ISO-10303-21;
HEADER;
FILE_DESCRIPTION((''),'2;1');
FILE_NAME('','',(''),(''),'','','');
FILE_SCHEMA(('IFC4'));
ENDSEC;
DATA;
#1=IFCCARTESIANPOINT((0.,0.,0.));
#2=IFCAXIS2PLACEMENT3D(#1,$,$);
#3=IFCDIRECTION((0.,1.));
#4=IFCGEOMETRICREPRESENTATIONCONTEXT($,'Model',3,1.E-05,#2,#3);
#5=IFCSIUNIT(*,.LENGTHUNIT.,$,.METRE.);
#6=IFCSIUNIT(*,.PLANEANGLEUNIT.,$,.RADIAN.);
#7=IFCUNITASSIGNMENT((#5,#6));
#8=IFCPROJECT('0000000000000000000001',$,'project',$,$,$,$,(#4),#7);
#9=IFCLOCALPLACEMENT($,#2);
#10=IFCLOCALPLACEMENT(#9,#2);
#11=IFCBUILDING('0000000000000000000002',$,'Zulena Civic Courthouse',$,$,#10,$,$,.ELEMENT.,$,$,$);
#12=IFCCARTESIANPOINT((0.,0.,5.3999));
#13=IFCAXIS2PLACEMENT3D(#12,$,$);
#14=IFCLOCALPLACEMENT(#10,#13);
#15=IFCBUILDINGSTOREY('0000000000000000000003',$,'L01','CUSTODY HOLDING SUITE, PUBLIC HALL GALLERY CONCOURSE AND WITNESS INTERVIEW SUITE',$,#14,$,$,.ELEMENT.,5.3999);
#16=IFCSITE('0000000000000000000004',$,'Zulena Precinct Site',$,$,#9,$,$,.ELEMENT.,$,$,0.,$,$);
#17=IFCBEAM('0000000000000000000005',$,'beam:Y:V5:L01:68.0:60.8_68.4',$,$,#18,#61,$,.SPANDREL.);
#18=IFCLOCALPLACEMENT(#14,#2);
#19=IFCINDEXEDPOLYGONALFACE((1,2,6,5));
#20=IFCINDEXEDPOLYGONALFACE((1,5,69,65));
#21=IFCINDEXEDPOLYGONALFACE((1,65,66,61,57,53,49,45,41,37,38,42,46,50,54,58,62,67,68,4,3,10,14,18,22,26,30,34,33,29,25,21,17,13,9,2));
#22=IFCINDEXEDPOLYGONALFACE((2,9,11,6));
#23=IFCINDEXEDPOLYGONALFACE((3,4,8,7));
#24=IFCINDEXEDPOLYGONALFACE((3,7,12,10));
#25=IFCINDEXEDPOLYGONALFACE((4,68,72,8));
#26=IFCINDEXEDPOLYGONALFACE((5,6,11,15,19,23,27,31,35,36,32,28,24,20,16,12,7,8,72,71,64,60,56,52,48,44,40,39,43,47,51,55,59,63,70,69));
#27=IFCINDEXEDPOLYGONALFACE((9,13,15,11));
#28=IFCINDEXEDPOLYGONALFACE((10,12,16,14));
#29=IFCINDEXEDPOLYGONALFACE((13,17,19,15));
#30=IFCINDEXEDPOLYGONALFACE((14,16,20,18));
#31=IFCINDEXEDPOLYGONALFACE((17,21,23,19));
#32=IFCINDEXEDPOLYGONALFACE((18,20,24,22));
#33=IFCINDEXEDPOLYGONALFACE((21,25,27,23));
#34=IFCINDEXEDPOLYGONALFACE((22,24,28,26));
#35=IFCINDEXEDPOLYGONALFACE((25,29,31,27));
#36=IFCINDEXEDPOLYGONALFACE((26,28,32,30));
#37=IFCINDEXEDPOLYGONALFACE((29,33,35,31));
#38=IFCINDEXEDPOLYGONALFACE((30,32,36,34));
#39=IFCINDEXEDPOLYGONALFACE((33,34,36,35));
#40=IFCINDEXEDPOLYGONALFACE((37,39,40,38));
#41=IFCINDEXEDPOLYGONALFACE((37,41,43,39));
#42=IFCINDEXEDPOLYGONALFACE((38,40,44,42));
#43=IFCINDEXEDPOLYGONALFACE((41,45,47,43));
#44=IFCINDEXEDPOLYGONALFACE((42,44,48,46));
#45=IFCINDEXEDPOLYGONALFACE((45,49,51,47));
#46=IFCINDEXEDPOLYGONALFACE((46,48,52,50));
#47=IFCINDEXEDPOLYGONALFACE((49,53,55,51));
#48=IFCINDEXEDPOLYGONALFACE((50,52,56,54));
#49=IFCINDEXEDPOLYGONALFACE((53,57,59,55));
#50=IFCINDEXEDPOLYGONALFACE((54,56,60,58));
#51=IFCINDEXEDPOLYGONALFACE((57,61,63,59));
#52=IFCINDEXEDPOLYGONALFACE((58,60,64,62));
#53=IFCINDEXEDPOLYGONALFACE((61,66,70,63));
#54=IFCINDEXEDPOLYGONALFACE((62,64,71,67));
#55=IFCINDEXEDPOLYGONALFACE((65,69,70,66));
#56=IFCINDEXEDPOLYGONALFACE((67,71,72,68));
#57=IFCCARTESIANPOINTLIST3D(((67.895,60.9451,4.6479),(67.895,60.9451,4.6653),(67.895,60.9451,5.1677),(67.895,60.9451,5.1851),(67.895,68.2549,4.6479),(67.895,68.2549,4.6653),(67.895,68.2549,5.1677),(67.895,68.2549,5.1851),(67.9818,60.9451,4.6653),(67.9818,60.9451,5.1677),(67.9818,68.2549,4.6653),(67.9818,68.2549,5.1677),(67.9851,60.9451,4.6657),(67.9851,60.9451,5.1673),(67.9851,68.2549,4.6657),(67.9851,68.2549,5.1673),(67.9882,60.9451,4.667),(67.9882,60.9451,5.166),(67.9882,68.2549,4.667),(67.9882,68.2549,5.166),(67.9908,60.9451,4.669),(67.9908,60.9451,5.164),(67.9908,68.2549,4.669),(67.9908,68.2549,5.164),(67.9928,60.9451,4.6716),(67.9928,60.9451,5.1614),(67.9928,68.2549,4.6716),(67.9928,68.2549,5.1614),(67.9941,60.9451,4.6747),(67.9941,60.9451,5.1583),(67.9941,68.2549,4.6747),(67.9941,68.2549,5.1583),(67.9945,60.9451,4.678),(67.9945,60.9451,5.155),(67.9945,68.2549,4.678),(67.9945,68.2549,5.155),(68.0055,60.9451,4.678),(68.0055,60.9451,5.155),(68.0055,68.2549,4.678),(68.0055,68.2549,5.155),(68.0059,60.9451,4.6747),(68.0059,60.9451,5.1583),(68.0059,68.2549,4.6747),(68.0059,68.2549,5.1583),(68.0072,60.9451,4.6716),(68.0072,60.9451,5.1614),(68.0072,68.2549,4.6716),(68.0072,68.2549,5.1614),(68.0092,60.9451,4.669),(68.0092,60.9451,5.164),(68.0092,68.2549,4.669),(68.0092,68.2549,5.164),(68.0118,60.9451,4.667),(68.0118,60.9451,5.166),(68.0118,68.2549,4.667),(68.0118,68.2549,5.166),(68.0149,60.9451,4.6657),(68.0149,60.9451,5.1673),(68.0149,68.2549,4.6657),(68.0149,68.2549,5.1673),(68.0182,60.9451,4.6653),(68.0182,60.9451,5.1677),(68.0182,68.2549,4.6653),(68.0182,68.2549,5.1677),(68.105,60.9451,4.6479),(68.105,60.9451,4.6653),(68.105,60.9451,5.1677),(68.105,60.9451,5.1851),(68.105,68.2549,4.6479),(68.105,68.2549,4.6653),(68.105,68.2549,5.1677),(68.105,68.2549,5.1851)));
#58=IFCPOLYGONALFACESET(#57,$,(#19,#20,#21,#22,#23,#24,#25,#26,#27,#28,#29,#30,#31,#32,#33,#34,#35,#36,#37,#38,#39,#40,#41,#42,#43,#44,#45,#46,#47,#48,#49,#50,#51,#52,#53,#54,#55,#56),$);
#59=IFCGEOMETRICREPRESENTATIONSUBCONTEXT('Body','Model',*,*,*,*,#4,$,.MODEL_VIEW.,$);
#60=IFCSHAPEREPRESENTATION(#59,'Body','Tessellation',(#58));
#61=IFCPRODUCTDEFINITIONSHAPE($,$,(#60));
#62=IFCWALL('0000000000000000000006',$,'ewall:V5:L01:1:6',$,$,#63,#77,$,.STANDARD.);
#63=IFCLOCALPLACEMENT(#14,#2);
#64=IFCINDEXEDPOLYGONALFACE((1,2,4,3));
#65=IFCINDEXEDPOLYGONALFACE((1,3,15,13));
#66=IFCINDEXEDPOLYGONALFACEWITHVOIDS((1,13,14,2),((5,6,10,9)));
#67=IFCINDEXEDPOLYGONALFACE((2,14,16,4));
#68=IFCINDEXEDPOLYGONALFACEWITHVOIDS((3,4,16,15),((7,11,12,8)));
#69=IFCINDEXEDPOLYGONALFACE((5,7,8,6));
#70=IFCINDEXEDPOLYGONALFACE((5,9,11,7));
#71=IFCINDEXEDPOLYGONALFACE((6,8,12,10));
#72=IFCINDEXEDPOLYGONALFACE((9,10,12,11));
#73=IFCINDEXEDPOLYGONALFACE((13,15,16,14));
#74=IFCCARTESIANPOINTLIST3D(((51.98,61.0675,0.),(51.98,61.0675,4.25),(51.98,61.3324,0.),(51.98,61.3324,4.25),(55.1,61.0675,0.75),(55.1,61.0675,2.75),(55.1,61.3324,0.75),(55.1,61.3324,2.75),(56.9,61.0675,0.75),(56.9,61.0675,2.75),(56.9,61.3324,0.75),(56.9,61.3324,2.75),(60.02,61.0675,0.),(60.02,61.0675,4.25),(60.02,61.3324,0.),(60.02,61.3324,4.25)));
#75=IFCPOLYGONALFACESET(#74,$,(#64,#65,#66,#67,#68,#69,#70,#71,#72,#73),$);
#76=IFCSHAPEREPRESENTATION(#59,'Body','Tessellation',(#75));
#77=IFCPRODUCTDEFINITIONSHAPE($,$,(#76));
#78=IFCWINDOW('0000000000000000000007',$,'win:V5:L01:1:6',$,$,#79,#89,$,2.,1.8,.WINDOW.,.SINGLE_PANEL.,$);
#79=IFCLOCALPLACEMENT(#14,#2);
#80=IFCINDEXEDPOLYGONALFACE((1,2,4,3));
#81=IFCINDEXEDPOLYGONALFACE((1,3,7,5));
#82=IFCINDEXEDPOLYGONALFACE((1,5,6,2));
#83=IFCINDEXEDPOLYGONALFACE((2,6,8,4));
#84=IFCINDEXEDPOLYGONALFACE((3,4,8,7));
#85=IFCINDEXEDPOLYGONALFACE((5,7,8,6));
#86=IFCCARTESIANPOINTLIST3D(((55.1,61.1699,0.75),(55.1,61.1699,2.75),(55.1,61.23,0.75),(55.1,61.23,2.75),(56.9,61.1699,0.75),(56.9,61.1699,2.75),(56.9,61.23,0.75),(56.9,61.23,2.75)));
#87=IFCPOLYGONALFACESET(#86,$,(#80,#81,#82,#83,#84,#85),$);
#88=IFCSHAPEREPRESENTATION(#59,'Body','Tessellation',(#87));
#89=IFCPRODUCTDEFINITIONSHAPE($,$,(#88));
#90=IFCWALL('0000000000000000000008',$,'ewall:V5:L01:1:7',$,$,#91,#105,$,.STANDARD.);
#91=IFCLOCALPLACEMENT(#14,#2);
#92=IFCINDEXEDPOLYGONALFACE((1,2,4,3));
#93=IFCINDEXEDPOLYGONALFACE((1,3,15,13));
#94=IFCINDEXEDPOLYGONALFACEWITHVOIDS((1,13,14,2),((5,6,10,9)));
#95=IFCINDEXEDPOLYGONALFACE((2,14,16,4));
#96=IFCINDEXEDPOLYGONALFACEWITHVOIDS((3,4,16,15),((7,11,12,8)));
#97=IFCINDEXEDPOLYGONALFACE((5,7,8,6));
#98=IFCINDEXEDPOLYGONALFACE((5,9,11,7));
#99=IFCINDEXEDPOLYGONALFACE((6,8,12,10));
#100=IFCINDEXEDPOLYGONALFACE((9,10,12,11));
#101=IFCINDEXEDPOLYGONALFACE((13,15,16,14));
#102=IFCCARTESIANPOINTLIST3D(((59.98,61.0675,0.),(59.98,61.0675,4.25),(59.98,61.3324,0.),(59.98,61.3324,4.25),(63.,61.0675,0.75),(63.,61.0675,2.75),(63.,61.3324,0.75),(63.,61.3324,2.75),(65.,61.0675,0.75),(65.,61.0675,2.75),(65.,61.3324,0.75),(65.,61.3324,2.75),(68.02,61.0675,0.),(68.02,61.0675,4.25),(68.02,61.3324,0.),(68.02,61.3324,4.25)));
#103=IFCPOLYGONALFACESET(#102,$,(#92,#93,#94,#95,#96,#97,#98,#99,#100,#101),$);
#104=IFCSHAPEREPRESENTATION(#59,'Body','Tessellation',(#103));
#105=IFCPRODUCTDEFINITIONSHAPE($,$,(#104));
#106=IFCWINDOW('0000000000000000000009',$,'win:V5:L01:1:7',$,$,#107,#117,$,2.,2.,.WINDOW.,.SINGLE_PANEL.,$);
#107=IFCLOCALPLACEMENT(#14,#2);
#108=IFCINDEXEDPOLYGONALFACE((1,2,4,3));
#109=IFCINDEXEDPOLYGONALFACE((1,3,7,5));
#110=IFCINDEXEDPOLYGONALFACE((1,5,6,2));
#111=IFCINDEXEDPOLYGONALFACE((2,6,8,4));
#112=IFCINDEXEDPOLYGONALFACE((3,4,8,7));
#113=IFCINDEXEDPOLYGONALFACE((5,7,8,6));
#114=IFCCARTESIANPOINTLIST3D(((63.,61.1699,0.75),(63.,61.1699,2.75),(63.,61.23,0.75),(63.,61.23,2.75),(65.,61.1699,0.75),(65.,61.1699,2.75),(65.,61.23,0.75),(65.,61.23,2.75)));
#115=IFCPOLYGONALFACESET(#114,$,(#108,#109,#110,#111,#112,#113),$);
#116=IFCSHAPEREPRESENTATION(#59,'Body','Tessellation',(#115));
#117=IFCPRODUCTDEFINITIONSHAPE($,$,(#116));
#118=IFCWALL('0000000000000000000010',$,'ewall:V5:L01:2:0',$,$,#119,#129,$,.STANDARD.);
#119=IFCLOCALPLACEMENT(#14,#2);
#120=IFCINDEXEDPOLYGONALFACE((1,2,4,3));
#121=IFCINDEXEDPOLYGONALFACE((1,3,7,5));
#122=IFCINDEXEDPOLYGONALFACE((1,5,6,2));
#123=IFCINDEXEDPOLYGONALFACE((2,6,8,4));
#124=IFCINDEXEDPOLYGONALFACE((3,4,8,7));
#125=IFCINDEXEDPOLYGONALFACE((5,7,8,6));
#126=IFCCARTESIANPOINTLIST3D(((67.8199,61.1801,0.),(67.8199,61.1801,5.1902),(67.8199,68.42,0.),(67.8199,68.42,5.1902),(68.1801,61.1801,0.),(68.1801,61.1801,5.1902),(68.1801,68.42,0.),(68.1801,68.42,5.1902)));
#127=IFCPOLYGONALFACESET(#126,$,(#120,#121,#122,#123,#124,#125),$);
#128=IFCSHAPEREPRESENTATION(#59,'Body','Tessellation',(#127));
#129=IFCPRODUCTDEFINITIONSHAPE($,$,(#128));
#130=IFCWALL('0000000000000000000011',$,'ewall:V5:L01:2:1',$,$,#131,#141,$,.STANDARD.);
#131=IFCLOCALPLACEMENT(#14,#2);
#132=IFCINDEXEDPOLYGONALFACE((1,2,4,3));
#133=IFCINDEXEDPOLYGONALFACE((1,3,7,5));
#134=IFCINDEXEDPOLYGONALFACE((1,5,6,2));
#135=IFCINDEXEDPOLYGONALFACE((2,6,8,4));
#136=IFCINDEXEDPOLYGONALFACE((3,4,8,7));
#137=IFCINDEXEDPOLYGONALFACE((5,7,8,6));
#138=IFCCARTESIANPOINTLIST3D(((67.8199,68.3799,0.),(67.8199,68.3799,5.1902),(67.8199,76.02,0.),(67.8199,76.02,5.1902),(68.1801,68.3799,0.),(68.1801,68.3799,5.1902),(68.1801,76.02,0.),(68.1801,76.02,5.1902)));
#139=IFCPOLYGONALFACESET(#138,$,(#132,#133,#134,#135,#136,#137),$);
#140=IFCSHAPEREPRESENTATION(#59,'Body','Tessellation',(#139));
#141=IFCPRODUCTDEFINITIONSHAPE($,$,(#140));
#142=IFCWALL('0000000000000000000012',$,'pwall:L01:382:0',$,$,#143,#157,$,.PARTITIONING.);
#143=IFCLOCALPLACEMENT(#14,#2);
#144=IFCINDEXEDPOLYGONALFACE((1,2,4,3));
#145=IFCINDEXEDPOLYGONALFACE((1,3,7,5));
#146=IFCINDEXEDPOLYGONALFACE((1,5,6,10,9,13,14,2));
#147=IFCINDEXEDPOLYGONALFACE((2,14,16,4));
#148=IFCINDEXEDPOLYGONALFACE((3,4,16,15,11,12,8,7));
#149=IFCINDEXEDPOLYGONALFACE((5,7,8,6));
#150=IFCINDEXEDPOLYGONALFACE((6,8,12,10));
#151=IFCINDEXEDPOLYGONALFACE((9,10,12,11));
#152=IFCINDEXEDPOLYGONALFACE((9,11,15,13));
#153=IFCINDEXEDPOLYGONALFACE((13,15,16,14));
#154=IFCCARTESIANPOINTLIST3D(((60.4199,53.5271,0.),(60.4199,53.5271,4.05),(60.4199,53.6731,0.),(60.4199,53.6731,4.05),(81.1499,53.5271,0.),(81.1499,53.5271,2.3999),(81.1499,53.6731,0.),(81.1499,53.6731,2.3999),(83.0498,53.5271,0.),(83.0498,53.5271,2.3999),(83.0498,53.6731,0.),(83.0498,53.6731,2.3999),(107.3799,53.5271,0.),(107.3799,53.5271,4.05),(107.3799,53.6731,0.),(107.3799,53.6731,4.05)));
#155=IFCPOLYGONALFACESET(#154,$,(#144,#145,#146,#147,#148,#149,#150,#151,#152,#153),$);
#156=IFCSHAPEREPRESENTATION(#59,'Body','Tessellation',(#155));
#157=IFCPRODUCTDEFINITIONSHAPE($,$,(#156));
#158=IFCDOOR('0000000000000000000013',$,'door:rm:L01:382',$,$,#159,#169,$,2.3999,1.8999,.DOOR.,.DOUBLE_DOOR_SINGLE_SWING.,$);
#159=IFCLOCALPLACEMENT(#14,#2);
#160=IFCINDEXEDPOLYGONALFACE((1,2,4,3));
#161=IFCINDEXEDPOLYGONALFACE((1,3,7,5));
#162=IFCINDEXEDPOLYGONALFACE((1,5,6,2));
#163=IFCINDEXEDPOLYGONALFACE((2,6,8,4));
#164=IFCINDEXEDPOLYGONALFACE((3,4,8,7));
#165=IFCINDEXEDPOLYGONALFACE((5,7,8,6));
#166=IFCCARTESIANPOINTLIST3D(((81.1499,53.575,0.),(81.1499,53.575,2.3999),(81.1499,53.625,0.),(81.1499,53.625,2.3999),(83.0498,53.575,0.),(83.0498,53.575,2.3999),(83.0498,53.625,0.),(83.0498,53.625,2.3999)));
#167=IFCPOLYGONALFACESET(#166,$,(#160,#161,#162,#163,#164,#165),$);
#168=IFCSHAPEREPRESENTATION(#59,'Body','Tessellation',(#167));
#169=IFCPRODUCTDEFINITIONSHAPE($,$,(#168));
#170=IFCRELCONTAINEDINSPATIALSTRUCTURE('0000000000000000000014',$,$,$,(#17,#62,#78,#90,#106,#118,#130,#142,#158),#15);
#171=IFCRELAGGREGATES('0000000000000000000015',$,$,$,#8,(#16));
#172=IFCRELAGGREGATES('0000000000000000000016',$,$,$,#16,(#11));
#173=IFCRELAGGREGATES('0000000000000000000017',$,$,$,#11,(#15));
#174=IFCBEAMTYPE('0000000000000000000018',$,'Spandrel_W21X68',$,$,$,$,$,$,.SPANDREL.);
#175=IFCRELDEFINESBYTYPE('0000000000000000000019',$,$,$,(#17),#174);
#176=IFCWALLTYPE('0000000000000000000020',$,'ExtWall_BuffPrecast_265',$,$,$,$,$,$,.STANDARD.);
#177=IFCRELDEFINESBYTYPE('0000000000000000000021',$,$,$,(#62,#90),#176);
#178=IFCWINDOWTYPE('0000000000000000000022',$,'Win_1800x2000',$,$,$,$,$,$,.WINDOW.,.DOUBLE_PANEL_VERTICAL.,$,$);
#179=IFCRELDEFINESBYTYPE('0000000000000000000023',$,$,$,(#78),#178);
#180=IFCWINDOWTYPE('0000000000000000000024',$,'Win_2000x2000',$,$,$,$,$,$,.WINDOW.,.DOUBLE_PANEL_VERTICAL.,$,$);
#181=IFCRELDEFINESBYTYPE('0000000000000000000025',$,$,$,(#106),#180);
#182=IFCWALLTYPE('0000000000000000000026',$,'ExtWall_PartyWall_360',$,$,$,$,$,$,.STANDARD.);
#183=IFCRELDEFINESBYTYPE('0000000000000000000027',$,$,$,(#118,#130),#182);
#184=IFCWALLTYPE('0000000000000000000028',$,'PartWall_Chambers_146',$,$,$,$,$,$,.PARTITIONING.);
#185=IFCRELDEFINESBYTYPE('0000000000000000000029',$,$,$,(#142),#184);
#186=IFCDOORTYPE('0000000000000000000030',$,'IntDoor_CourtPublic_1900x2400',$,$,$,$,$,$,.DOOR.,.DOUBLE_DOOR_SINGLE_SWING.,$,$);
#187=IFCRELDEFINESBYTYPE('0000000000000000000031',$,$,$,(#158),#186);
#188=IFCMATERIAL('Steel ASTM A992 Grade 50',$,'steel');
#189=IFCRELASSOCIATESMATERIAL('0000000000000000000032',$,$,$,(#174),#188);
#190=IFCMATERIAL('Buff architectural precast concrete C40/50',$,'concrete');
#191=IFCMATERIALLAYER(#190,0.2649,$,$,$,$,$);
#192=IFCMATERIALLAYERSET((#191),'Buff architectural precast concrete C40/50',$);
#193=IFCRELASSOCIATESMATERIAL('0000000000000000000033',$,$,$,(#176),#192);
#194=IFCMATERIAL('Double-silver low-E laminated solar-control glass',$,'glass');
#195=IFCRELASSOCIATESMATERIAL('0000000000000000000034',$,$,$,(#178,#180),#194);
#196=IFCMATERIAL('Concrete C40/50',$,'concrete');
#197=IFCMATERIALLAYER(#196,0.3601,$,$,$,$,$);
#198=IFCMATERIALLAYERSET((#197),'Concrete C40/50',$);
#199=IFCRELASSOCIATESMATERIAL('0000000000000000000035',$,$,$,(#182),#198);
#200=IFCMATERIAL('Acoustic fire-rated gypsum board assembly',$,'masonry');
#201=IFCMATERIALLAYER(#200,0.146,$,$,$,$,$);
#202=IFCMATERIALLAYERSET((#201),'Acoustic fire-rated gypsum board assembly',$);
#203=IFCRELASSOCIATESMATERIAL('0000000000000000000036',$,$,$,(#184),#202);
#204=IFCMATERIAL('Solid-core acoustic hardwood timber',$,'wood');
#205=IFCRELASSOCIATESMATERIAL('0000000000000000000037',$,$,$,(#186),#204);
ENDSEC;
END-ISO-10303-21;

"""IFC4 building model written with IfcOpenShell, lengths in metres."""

from ifc_helpers import new_model, si_unit, direction, frame, frame_2d, origin, origin_2d, place, context, subcontext, project, spatial, rectangle, i_section, extrude, material, layer, layer_set, material_profile, profile_set, type_object, element, fill, save


model = new_model("IFC4")

# Units and contexts
model_context = context("Model", 3, precision=1e-05, world=origin(), true_north=direction((0.0, 1.0)))
body_context = subcontext(model_context, "Body", "Model", "MODEL_VIEW")
ifc_project = project(units=[si_unit("LENGTHUNIT", "METRE"), si_unit("PLANEANGLEUNIT", "RADIAN")], contexts=[model_context])

# Site, building, storey
site_placement = place(None, origin())
site = spatial("IfcSite", under=ifc_project, at=site_placement, Name="Zulena Precinct Site", CompositionType="ELEMENT", RefElevation=0.0)
building_placement = place(site_placement, origin())
building = spatial("IfcBuilding", under=site, at=building_placement, Name="Zulena Civic Courthouse", CompositionType="ELEMENT")
storey_placement = place(building_placement, frame((0.0, 0.0, 5.3999)))
storey = spatial("IfcBuildingStorey", under=building, at=storey_placement, Name="L01", Description="CUSTODY HOLDING SUITE, PUBLIC HALL GALLERY CONCOURSE AND WITNESS INTERVIEW SUITE", CompositionType="ELEMENT", Elevation=5.3999)

# Shared definitions
ifc_material_1 = material(Name="Steel ASTM A992 Grade 50", Category="steel")

# Beam
ifc_material_profile_1 = material_profile(ifc_material_1, i_section(OverallWidth=0.21, OverallDepth=0.5371, WebThickness=0.011, FlangeThickness=0.0173, FilletRadius=0.0127, at=origin_2d()), Name="W21X68")
ifc_profile_set_1 = profile_set([ifc_material_profile_1], Name="Steel ASTM A992 Grade 50")
beam_type_1 = type_object("IfcBeamType", Name="Spandrel_W21X68", PredefinedType="SPANDREL", material=ifc_profile_set_1)
beam_placement = place(storey_placement, frame((68.0, 60.9451, 4.9165), z_axis=(0.0, 1.0, 0.0), x_axis=(-1.0, 0.0, 0.0)))
element("IfcBeam", 1, at=beam_placement, inside=storey, type_object=beam_type_1, Name="beam:Y:V5:L01:68.0:60.8_68.4", PredefinedType="SPANDREL", context=body_context, shape_type="SweptSolid", body=[
    extrude(i_section(OverallWidth=0.21, OverallDepth=0.5371, WebThickness=0.011, FlangeThickness=0.0173, FilletRadius=0.0127, at=origin_2d()), origin(), (0.0, 0.0, 1.0), 7.3098),
])

# Walls, openings, windows
ifc_material_2 = material(Name="Buff architectural precast concrete C40/50", Category="concrete")
ifc_layer_1 = layer(ifc_material_2, 0.2649)
ifc_layer_set_1 = layer_set([ifc_layer_1], Name="Buff architectural precast concrete C40/50")
wall_type_1 = type_object("IfcWallType", Name="ExtWall_BuffPrecast_265", PredefinedType="STANDARD", material=ifc_layer_set_1)
wall_1_placement = place(storey_placement, frame((51.98, 61.2, 0.0), z_axis=(0.0, 0.0, 1.0), x_axis=(1.0, 0.0, 0.0)))
wall_1 = element("IfcWall", 2, at=wall_1_placement, inside=storey, type_object=wall_type_1, Name="ewall:V5:L01:1:6", PredefinedType="STANDARD", context=body_context, shape_type="SweptSolid", body=[
    extrude(rectangle(XDim=8.04, YDim=0.2649, at=frame_2d((4.02, 0.0))), origin(), (0.0, 0.0, 1.0), 4.25),
])
opening_1_placement = place(wall_1_placement, frame((3.1201, 0.0, 0.75)))
opening_1 = element("IfcOpeningElement", 3, at=opening_1_placement, cuts=wall_1, PredefinedType="OPENING", context=body_context, shape_type="SweptSolid", body=[
    extrude(rectangle(XDim=1.8, YDim=2.0, at=frame_2d((0.8999, 1.0))), frame((0.0, 0.1423, 0.0), z_axis=(0.0, -1.0, 0.0), x_axis=(1.0, 0.0, 0.0)), (0.0, 0.0, 1.0), 0.2849),
])
ifc_material_3 = material(Name="Double-silver low-E laminated solar-control glass", Category="glass")
window_type_1 = type_object("IfcWindowType", Name="Win_1800x2000", PartitioningType="DOUBLE_PANEL_VERTICAL", PredefinedType="WINDOW", material=ifc_material_3)
window_1_placement = place(opening_1_placement, origin())
window_1 = element("IfcWindow", 4, at=window_1_placement, inside=storey, type_object=window_type_1, Name="win:V5:L01:1:6", OverallHeight=2.0, OverallWidth=1.8, PartitioningType="SINGLE_PANEL", PredefinedType="WINDOW", context=body_context, shape_type="SweptSolid", body=[
    extrude(rectangle(XDim=1.8, YDim=2.0, at=frame_2d((0.8999, 1.0))), frame((0.0, 0.03, 0.0), z_axis=(0.0, -1.0, 0.0), x_axis=(1.0, 0.0, 0.0)), (0.0, 0.0, 1.0), 0.0601),
])
fill(opening_1, window_1)
wall_2_placement = place(storey_placement, frame((59.98, 61.2, 0.0), z_axis=(0.0, 0.0, 1.0), x_axis=(1.0, 0.0, 0.0)))
wall_2 = element("IfcWall", 5, at=wall_2_placement, inside=storey, type_object=wall_type_1, Name="ewall:V5:L01:1:7", PredefinedType="STANDARD", context=body_context, shape_type="SweptSolid", body=[
    extrude(rectangle(XDim=8.04, YDim=0.2649, at=frame_2d((4.02, 0.0))), origin(), (0.0, 0.0, 1.0), 4.25),
])
opening_2_placement = place(wall_2_placement, frame((3.02, 0.0, 0.75)))
opening_2 = element("IfcOpeningElement", 6, at=opening_2_placement, cuts=wall_2, PredefinedType="OPENING", context=body_context, shape_type="SweptSolid", body=[
    extrude(rectangle(XDim=2.0, YDim=2.0, at=frame_2d((1.0, 1.0))), frame((0.0, 0.1423, 0.0), z_axis=(0.0, -1.0, 0.0), x_axis=(1.0, 0.0, 0.0)), (0.0, 0.0, 1.0), 0.2849),
])
window_type_2 = type_object("IfcWindowType", Name="Win_2000x2000", PartitioningType="DOUBLE_PANEL_VERTICAL", PredefinedType="WINDOW", material=ifc_material_3)
window_2_placement = place(opening_2_placement, origin())
window_2 = element("IfcWindow", 7, at=window_2_placement, inside=storey, type_object=window_type_2, Name="win:V5:L01:1:7", OverallHeight=2.0, OverallWidth=2.0, PartitioningType="SINGLE_PANEL", PredefinedType="WINDOW", context=body_context, shape_type="SweptSolid", body=[
    extrude(rectangle(XDim=2.0, YDim=2.0, at=frame_2d((1.0, 1.0))), frame((0.0, 0.03, 0.0), z_axis=(0.0, -1.0, 0.0), x_axis=(1.0, 0.0, 0.0)), (0.0, 0.0, 1.0), 0.0601),
])
fill(opening_2, window_2)

# Walls
ifc_material_4 = material(Name="Concrete C40/50", Category="concrete")
ifc_layer_2 = layer(ifc_material_4, 0.3601)
ifc_layer_set_2 = layer_set([ifc_layer_2], Name="Concrete C40/50")
wall_type_2 = type_object("IfcWallType", Name="ExtWall_PartyWall_360", PredefinedType="STANDARD", material=ifc_layer_set_2)
wall_3_placement = place(storey_placement, frame((68.0, 61.1799, 0.0), z_axis=(0.0, 0.0, 1.0), x_axis=(0.0, 1.0, 0.0)))
element("IfcWall", 8, at=wall_3_placement, inside=storey, type_object=wall_type_2, Name="ewall:V5:L01:2:0", PredefinedType="STANDARD", context=body_context, shape_type="SweptSolid", body=[
    extrude(rectangle(XDim=7.24, YDim=0.3601, at=frame_2d((3.6201, 0.0))), origin(), (0.0, 0.0, 1.0), 5.1902),
])
wall_4_placement = place(storey_placement, frame((68.0, 68.3799, 0.0), z_axis=(0.0, 0.0, 1.0), x_axis=(0.0, 1.0, 0.0)))
element("IfcWall", 9, at=wall_4_placement, inside=storey, type_object=wall_type_2, Name="ewall:V5:L01:2:1", PredefinedType="STANDARD", context=body_context, shape_type="SweptSolid", body=[
    extrude(rectangle(XDim=7.6401, YDim=0.3601, at=frame_2d((3.8201, 0.0))), origin(), (0.0, 0.0, 1.0), 5.1902),
])

# Wall, opening, door
ifc_material_5 = material(Name="Acoustic fire-rated gypsum board assembly", Category="masonry")
ifc_layer_3 = layer(ifc_material_5, 0.146)
ifc_layer_set_3 = layer_set([ifc_layer_3], Name="Acoustic fire-rated gypsum board assembly")
wall_type_3 = type_object("IfcWallType", Name="PartWall_Chambers_146", PredefinedType="PARTITIONING", material=ifc_layer_set_3)
wall_5_placement = place(storey_placement, frame((60.4199, 53.6001, 0.0), z_axis=(0.0, 0.0, 1.0), x_axis=(1.0, 0.0, 0.0)))
wall_5 = element("IfcWall", 10, at=wall_5_placement, inside=storey, type_object=wall_type_3, Name="pwall:L01:382:0", PredefinedType="PARTITIONING", context=body_context, shape_type="SweptSolid", body=[
    extrude(rectangle(XDim=46.96, YDim=0.146, at=frame_2d((23.48, 0.0))), origin(), (0.0, 0.0, 1.0), 4.05),
])
opening_3_placement = place(wall_5_placement, frame((20.73, 0.0, 0.0)))
opening_3 = element("IfcOpeningElement", 11, at=opening_3_placement, cuts=wall_5, PredefinedType="OPENING", context=body_context, shape_type="SweptSolid", body=[
    extrude(rectangle(XDim=1.8999, YDim=2.3999, at=frame_2d((0.95, 1.2))), frame((0.0, 0.083, 0.0), z_axis=(0.0, -1.0, 0.0), x_axis=(1.0, 0.0, 0.0)), (0.0, 0.0, 1.0), 0.166),
])
ifc_material_6 = material(Name="Solid-core acoustic hardwood timber", Category="wood")
door_type = type_object("IfcDoorType", Name="IntDoor_CourtPublic_1900x2400", OperationType="DOUBLE_DOOR_SINGLE_SWING", PredefinedType="DOOR", material=ifc_material_6)
door_placement = place(opening_3_placement, origin())
door = element("IfcDoor", 12, at=door_placement, inside=storey, type_object=door_type, Name="door:rm:L01:382", OperationType="DOUBLE_DOOR_SINGLE_SWING", OverallHeight=2.3999, OverallWidth=1.8999, PredefinedType="DOOR", context=body_context, shape_type="SweptSolid", body=[
    extrude(rectangle(XDim=1.8999, YDim=2.3999, at=frame_2d((0.95, 1.2))), frame((0.0, 0.0249, 0.0), z_axis=(0.0, -1.0, 0.0), x_axis=(1.0, 0.0, 0.0)), (0.0, 0.0, 1.0), 0.05),
])
fill(opening_3, door)

save(model, "model.ifc")
